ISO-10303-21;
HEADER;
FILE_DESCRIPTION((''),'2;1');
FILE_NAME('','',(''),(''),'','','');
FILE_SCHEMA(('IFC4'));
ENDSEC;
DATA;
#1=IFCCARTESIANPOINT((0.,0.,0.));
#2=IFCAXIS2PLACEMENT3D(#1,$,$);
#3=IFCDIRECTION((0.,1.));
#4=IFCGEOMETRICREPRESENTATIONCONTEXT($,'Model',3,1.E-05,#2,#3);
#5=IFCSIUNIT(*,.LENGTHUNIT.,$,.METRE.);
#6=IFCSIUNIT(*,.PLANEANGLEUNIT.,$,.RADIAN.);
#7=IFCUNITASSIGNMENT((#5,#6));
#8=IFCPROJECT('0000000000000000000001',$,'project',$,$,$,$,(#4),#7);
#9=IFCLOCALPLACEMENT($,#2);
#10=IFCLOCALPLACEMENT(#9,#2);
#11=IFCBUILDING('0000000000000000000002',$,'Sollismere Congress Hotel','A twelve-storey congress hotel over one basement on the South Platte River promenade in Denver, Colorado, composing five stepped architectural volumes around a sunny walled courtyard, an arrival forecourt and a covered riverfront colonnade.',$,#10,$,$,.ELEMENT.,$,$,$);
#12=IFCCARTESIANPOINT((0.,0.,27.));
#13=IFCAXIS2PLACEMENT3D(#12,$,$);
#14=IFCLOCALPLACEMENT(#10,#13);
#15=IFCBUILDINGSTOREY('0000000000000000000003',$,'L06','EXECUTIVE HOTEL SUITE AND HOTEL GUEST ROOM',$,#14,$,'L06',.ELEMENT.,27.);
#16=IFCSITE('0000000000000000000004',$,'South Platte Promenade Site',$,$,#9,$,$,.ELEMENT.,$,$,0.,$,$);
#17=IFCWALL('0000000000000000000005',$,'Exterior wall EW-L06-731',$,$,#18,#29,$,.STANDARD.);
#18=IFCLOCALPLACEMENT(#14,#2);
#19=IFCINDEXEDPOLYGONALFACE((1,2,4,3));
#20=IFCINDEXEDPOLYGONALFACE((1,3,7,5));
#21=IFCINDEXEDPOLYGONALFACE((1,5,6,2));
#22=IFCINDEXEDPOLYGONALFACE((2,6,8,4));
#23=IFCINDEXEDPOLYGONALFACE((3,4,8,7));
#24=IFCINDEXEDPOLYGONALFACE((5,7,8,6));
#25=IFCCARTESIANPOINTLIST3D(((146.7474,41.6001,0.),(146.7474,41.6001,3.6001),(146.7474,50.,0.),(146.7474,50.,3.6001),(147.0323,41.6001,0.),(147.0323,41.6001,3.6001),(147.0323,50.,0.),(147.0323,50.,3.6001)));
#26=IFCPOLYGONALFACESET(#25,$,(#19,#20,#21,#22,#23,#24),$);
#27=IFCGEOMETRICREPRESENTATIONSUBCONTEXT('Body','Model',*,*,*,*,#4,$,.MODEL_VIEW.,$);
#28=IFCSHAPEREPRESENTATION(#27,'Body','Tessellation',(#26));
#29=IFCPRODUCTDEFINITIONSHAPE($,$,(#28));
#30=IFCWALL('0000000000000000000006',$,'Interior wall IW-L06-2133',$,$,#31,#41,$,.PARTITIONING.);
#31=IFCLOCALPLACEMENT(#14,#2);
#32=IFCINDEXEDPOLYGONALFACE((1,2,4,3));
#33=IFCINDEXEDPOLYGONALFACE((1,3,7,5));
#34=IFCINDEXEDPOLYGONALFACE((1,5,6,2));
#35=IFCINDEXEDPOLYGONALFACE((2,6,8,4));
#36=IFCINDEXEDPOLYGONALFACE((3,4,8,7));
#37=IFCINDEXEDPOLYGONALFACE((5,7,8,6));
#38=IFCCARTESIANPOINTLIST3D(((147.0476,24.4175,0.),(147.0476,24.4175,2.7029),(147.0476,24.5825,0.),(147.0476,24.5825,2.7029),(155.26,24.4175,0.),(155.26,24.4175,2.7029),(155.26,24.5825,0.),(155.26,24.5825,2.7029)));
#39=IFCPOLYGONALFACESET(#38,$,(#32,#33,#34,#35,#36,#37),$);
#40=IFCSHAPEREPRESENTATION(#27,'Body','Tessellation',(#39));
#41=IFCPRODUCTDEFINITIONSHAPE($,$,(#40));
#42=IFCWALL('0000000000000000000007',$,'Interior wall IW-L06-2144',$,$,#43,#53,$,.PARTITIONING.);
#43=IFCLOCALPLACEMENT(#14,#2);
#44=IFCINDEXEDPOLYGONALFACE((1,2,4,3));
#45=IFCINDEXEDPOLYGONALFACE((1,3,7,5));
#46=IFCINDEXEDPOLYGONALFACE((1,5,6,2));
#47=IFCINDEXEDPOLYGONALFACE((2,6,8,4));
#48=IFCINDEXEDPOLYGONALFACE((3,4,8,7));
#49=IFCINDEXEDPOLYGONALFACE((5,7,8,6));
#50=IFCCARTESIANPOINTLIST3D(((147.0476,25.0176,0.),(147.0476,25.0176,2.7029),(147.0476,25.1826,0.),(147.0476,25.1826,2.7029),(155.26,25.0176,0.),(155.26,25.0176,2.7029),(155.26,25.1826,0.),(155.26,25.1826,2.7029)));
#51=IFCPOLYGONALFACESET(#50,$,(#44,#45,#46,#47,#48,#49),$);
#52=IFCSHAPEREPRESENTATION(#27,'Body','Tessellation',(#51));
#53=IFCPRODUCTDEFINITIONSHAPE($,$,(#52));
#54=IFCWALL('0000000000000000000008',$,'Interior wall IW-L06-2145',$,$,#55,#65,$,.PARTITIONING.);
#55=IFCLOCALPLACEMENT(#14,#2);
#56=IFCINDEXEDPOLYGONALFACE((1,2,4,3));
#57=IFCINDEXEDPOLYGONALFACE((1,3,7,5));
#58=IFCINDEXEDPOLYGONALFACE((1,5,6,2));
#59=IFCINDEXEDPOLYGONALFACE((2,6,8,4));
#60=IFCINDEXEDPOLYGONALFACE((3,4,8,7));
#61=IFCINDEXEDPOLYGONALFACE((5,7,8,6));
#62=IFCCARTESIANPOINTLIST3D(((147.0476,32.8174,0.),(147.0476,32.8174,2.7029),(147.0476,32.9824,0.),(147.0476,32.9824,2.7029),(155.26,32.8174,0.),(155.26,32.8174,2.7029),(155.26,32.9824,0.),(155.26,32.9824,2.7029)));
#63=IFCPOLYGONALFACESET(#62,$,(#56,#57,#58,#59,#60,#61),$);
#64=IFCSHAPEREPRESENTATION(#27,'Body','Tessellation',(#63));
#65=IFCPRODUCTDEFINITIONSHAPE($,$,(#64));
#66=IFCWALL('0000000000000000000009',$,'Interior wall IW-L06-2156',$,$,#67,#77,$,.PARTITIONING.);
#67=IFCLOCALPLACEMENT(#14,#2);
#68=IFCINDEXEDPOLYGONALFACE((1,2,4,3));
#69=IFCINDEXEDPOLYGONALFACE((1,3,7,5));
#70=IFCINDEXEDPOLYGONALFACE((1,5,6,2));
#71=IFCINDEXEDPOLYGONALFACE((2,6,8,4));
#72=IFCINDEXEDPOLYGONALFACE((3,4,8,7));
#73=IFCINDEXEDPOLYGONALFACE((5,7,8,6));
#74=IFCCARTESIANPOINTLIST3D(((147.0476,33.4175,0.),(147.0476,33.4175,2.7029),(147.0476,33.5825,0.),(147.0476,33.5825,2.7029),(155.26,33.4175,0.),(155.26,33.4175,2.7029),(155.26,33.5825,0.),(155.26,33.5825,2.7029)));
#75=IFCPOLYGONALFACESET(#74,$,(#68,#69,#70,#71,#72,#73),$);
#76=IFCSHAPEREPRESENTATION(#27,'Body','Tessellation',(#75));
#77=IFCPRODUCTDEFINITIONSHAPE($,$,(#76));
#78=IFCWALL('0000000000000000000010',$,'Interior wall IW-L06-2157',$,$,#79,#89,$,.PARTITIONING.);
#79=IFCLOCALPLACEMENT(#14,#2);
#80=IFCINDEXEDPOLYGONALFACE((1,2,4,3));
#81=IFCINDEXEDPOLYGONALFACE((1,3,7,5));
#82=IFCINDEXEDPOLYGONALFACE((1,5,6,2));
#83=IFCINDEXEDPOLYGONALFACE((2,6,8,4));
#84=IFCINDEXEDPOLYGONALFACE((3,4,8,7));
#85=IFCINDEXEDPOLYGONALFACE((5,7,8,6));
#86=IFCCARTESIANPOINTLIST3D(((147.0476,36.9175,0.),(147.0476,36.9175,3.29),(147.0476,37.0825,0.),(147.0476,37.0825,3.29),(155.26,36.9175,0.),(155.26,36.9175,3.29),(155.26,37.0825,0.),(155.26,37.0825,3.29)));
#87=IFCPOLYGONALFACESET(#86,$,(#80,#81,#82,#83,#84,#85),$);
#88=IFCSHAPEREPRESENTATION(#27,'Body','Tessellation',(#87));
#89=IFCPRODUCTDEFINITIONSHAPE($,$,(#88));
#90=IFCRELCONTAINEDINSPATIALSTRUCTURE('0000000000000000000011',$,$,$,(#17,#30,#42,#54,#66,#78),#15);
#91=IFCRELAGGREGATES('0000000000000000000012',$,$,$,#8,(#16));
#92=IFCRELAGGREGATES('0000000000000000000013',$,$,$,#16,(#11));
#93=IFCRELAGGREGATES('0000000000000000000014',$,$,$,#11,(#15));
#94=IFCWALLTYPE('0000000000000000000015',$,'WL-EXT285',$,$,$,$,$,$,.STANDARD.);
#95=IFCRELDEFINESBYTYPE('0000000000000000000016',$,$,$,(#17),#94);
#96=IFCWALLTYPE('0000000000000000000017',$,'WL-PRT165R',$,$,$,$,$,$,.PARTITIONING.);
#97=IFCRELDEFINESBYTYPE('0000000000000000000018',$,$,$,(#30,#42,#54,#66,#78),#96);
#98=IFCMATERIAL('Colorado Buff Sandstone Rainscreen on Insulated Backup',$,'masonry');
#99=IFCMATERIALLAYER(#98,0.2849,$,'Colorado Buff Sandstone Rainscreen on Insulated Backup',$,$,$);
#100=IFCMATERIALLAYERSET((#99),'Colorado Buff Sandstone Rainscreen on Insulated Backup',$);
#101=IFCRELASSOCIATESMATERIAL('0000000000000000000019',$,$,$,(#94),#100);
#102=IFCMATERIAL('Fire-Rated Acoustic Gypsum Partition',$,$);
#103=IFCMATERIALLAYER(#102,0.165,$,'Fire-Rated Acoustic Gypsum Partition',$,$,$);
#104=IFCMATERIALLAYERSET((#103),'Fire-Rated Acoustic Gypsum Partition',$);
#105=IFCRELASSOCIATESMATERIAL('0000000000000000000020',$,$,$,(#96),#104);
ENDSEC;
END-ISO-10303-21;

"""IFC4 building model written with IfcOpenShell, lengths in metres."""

from ifc_helpers import new_model, si_unit, direction, frame, frame_2d, origin, place, context, subcontext, project, spatial, rectangle, extrude, material, layer, layer_set, type_object, element, save


model = new_model("IFC4")

# Units and contexts
model_context = context("Model", 3, precision=1e-05, world=origin(), true_north=direction((0.0, 1.0)))
body_context = subcontext(model_context, "Body", "Model", "MODEL_VIEW")
ifc_project = project(units=[si_unit("LENGTHUNIT", "METRE"), si_unit("PLANEANGLEUNIT", "RADIAN")], contexts=[model_context])

# Site, building, storey
site_placement = place(None, origin())
site = spatial("IfcSite", under=ifc_project, at=site_placement, Name="South Platte Promenade Site", CompositionType="ELEMENT", RefElevation=0.0)
building_placement = place(site_placement, origin())
building = spatial("IfcBuilding", under=site, at=building_placement, Name="Sollismere Congress Hotel", Description="A twelve-storey congress hotel over one basement on the South Platte River promenade in Denver, Colorado, composing five stepped architectural volumes around a sunny walled courtyard, an arrival forecourt and a covered riverfront colonnade.", CompositionType="ELEMENT")
storey_placement = place(building_placement, frame((0.0, 0.0, 27.0)))
storey = spatial("IfcBuildingStorey", under=building, at=storey_placement, Name="L06", Description="EXECUTIVE HOTEL SUITE AND HOTEL GUEST ROOM", LongName="L06", CompositionType="ELEMENT", Elevation=27.0)

# Shared definitions
ifc_material_1 = material(Name="Colorado Buff Sandstone Rainscreen on Insulated Backup", Category="masonry")
ifc_layer_1 = layer(ifc_material_1, 0.2849, Name="Colorado Buff Sandstone Rainscreen on Insulated Backup")
ifc_layer_set_1 = layer_set([ifc_layer_1], Name="Colorado Buff Sandstone Rainscreen on Insulated Backup")
wall_type_1 = type_object("IfcWallType", Name="WL-EXT285", PredefinedType="STANDARD", material=ifc_layer_set_1)

# Walls
wall_1_placement = place(storey_placement, frame((146.8899, 41.6001, 0.0), z_axis=(0.0, 0.0, 1.0), x_axis=(0.0, 1.0, 0.0)))
element("IfcWall", 1, at=wall_1_placement, inside=storey, type_object=wall_type_1, Name="Exterior wall EW-L06-731", PredefinedType="STANDARD", context=body_context, shape_type="SweptSolid", body=[
    extrude(rectangle(XDim=8.3999, YDim=0.2849, at=frame_2d((4.2, 0.0))), origin(), (0.0, 0.0, 1.0), 3.6001),
])
ifc_material_2 = material(Name="Fire-Rated Acoustic Gypsum Partition")
ifc_layer_2 = layer(ifc_material_2, 0.165, Name="Fire-Rated Acoustic Gypsum Partition")
ifc_layer_set_2 = layer_set([ifc_layer_2], Name="Fire-Rated Acoustic Gypsum Partition")
wall_type_2 = type_object("IfcWallType", Name="WL-PRT165R", PredefinedType="PARTITIONING", material=ifc_layer_set_2)
for number, where, z_axis, x_axis, name in (
    (2, (147.0476, 24.5, 0.0), (0.0, 0.0, 1.0), (1.0, 0.0, 0.0), "Interior wall IW-L06-2133"),
    (3, (147.0476, 25.1001, 0.0), (0.0, 0.0, 1.0), (1.0, 0.0, 0.0), "Interior wall IW-L06-2144"),
    (4, (147.0476, 32.8999, 0.0), (0.0, 0.0, 1.0), (1.0, 0.0, 0.0), "Interior wall IW-L06-2145"),
    (5, (147.0476, 33.5, 0.0), (0.0, 0.0, 1.0), (1.0, 0.0, 0.0), "Interior wall IW-L06-2156"),
):
    element("IfcWall", number, at=place(storey_placement, frame(where, z_axis=z_axis, x_axis=x_axis)), inside=storey, type_object=wall_type_2, Name=name, PredefinedType="PARTITIONING", context=body_context, shape_type="SweptSolid", body=[
        extrude(rectangle(XDim=8.2124, YDim=0.165, at=frame_2d((4.1062, 0.0))), origin(), (0.0, 0.0, 1.0), 2.7029),
    ])
wall_2_placement = place(storey_placement, frame((147.0476, 37.0, 0.0), z_axis=(0.0, 0.0, 1.0), x_axis=(1.0, 0.0, 0.0)))
element("IfcWall", 6, at=wall_2_placement, inside=storey, type_object=wall_type_2, Name="Interior wall IW-L06-2157", PredefinedType="PARTITIONING", context=body_context, shape_type="SweptSolid", body=[
    extrude(rectangle(XDim=8.2124, YDim=0.165, at=frame_2d((4.1062, 0.0))), origin(), (0.0, 0.0, 1.0), 3.29),
])

save(model, "model.ifc")
